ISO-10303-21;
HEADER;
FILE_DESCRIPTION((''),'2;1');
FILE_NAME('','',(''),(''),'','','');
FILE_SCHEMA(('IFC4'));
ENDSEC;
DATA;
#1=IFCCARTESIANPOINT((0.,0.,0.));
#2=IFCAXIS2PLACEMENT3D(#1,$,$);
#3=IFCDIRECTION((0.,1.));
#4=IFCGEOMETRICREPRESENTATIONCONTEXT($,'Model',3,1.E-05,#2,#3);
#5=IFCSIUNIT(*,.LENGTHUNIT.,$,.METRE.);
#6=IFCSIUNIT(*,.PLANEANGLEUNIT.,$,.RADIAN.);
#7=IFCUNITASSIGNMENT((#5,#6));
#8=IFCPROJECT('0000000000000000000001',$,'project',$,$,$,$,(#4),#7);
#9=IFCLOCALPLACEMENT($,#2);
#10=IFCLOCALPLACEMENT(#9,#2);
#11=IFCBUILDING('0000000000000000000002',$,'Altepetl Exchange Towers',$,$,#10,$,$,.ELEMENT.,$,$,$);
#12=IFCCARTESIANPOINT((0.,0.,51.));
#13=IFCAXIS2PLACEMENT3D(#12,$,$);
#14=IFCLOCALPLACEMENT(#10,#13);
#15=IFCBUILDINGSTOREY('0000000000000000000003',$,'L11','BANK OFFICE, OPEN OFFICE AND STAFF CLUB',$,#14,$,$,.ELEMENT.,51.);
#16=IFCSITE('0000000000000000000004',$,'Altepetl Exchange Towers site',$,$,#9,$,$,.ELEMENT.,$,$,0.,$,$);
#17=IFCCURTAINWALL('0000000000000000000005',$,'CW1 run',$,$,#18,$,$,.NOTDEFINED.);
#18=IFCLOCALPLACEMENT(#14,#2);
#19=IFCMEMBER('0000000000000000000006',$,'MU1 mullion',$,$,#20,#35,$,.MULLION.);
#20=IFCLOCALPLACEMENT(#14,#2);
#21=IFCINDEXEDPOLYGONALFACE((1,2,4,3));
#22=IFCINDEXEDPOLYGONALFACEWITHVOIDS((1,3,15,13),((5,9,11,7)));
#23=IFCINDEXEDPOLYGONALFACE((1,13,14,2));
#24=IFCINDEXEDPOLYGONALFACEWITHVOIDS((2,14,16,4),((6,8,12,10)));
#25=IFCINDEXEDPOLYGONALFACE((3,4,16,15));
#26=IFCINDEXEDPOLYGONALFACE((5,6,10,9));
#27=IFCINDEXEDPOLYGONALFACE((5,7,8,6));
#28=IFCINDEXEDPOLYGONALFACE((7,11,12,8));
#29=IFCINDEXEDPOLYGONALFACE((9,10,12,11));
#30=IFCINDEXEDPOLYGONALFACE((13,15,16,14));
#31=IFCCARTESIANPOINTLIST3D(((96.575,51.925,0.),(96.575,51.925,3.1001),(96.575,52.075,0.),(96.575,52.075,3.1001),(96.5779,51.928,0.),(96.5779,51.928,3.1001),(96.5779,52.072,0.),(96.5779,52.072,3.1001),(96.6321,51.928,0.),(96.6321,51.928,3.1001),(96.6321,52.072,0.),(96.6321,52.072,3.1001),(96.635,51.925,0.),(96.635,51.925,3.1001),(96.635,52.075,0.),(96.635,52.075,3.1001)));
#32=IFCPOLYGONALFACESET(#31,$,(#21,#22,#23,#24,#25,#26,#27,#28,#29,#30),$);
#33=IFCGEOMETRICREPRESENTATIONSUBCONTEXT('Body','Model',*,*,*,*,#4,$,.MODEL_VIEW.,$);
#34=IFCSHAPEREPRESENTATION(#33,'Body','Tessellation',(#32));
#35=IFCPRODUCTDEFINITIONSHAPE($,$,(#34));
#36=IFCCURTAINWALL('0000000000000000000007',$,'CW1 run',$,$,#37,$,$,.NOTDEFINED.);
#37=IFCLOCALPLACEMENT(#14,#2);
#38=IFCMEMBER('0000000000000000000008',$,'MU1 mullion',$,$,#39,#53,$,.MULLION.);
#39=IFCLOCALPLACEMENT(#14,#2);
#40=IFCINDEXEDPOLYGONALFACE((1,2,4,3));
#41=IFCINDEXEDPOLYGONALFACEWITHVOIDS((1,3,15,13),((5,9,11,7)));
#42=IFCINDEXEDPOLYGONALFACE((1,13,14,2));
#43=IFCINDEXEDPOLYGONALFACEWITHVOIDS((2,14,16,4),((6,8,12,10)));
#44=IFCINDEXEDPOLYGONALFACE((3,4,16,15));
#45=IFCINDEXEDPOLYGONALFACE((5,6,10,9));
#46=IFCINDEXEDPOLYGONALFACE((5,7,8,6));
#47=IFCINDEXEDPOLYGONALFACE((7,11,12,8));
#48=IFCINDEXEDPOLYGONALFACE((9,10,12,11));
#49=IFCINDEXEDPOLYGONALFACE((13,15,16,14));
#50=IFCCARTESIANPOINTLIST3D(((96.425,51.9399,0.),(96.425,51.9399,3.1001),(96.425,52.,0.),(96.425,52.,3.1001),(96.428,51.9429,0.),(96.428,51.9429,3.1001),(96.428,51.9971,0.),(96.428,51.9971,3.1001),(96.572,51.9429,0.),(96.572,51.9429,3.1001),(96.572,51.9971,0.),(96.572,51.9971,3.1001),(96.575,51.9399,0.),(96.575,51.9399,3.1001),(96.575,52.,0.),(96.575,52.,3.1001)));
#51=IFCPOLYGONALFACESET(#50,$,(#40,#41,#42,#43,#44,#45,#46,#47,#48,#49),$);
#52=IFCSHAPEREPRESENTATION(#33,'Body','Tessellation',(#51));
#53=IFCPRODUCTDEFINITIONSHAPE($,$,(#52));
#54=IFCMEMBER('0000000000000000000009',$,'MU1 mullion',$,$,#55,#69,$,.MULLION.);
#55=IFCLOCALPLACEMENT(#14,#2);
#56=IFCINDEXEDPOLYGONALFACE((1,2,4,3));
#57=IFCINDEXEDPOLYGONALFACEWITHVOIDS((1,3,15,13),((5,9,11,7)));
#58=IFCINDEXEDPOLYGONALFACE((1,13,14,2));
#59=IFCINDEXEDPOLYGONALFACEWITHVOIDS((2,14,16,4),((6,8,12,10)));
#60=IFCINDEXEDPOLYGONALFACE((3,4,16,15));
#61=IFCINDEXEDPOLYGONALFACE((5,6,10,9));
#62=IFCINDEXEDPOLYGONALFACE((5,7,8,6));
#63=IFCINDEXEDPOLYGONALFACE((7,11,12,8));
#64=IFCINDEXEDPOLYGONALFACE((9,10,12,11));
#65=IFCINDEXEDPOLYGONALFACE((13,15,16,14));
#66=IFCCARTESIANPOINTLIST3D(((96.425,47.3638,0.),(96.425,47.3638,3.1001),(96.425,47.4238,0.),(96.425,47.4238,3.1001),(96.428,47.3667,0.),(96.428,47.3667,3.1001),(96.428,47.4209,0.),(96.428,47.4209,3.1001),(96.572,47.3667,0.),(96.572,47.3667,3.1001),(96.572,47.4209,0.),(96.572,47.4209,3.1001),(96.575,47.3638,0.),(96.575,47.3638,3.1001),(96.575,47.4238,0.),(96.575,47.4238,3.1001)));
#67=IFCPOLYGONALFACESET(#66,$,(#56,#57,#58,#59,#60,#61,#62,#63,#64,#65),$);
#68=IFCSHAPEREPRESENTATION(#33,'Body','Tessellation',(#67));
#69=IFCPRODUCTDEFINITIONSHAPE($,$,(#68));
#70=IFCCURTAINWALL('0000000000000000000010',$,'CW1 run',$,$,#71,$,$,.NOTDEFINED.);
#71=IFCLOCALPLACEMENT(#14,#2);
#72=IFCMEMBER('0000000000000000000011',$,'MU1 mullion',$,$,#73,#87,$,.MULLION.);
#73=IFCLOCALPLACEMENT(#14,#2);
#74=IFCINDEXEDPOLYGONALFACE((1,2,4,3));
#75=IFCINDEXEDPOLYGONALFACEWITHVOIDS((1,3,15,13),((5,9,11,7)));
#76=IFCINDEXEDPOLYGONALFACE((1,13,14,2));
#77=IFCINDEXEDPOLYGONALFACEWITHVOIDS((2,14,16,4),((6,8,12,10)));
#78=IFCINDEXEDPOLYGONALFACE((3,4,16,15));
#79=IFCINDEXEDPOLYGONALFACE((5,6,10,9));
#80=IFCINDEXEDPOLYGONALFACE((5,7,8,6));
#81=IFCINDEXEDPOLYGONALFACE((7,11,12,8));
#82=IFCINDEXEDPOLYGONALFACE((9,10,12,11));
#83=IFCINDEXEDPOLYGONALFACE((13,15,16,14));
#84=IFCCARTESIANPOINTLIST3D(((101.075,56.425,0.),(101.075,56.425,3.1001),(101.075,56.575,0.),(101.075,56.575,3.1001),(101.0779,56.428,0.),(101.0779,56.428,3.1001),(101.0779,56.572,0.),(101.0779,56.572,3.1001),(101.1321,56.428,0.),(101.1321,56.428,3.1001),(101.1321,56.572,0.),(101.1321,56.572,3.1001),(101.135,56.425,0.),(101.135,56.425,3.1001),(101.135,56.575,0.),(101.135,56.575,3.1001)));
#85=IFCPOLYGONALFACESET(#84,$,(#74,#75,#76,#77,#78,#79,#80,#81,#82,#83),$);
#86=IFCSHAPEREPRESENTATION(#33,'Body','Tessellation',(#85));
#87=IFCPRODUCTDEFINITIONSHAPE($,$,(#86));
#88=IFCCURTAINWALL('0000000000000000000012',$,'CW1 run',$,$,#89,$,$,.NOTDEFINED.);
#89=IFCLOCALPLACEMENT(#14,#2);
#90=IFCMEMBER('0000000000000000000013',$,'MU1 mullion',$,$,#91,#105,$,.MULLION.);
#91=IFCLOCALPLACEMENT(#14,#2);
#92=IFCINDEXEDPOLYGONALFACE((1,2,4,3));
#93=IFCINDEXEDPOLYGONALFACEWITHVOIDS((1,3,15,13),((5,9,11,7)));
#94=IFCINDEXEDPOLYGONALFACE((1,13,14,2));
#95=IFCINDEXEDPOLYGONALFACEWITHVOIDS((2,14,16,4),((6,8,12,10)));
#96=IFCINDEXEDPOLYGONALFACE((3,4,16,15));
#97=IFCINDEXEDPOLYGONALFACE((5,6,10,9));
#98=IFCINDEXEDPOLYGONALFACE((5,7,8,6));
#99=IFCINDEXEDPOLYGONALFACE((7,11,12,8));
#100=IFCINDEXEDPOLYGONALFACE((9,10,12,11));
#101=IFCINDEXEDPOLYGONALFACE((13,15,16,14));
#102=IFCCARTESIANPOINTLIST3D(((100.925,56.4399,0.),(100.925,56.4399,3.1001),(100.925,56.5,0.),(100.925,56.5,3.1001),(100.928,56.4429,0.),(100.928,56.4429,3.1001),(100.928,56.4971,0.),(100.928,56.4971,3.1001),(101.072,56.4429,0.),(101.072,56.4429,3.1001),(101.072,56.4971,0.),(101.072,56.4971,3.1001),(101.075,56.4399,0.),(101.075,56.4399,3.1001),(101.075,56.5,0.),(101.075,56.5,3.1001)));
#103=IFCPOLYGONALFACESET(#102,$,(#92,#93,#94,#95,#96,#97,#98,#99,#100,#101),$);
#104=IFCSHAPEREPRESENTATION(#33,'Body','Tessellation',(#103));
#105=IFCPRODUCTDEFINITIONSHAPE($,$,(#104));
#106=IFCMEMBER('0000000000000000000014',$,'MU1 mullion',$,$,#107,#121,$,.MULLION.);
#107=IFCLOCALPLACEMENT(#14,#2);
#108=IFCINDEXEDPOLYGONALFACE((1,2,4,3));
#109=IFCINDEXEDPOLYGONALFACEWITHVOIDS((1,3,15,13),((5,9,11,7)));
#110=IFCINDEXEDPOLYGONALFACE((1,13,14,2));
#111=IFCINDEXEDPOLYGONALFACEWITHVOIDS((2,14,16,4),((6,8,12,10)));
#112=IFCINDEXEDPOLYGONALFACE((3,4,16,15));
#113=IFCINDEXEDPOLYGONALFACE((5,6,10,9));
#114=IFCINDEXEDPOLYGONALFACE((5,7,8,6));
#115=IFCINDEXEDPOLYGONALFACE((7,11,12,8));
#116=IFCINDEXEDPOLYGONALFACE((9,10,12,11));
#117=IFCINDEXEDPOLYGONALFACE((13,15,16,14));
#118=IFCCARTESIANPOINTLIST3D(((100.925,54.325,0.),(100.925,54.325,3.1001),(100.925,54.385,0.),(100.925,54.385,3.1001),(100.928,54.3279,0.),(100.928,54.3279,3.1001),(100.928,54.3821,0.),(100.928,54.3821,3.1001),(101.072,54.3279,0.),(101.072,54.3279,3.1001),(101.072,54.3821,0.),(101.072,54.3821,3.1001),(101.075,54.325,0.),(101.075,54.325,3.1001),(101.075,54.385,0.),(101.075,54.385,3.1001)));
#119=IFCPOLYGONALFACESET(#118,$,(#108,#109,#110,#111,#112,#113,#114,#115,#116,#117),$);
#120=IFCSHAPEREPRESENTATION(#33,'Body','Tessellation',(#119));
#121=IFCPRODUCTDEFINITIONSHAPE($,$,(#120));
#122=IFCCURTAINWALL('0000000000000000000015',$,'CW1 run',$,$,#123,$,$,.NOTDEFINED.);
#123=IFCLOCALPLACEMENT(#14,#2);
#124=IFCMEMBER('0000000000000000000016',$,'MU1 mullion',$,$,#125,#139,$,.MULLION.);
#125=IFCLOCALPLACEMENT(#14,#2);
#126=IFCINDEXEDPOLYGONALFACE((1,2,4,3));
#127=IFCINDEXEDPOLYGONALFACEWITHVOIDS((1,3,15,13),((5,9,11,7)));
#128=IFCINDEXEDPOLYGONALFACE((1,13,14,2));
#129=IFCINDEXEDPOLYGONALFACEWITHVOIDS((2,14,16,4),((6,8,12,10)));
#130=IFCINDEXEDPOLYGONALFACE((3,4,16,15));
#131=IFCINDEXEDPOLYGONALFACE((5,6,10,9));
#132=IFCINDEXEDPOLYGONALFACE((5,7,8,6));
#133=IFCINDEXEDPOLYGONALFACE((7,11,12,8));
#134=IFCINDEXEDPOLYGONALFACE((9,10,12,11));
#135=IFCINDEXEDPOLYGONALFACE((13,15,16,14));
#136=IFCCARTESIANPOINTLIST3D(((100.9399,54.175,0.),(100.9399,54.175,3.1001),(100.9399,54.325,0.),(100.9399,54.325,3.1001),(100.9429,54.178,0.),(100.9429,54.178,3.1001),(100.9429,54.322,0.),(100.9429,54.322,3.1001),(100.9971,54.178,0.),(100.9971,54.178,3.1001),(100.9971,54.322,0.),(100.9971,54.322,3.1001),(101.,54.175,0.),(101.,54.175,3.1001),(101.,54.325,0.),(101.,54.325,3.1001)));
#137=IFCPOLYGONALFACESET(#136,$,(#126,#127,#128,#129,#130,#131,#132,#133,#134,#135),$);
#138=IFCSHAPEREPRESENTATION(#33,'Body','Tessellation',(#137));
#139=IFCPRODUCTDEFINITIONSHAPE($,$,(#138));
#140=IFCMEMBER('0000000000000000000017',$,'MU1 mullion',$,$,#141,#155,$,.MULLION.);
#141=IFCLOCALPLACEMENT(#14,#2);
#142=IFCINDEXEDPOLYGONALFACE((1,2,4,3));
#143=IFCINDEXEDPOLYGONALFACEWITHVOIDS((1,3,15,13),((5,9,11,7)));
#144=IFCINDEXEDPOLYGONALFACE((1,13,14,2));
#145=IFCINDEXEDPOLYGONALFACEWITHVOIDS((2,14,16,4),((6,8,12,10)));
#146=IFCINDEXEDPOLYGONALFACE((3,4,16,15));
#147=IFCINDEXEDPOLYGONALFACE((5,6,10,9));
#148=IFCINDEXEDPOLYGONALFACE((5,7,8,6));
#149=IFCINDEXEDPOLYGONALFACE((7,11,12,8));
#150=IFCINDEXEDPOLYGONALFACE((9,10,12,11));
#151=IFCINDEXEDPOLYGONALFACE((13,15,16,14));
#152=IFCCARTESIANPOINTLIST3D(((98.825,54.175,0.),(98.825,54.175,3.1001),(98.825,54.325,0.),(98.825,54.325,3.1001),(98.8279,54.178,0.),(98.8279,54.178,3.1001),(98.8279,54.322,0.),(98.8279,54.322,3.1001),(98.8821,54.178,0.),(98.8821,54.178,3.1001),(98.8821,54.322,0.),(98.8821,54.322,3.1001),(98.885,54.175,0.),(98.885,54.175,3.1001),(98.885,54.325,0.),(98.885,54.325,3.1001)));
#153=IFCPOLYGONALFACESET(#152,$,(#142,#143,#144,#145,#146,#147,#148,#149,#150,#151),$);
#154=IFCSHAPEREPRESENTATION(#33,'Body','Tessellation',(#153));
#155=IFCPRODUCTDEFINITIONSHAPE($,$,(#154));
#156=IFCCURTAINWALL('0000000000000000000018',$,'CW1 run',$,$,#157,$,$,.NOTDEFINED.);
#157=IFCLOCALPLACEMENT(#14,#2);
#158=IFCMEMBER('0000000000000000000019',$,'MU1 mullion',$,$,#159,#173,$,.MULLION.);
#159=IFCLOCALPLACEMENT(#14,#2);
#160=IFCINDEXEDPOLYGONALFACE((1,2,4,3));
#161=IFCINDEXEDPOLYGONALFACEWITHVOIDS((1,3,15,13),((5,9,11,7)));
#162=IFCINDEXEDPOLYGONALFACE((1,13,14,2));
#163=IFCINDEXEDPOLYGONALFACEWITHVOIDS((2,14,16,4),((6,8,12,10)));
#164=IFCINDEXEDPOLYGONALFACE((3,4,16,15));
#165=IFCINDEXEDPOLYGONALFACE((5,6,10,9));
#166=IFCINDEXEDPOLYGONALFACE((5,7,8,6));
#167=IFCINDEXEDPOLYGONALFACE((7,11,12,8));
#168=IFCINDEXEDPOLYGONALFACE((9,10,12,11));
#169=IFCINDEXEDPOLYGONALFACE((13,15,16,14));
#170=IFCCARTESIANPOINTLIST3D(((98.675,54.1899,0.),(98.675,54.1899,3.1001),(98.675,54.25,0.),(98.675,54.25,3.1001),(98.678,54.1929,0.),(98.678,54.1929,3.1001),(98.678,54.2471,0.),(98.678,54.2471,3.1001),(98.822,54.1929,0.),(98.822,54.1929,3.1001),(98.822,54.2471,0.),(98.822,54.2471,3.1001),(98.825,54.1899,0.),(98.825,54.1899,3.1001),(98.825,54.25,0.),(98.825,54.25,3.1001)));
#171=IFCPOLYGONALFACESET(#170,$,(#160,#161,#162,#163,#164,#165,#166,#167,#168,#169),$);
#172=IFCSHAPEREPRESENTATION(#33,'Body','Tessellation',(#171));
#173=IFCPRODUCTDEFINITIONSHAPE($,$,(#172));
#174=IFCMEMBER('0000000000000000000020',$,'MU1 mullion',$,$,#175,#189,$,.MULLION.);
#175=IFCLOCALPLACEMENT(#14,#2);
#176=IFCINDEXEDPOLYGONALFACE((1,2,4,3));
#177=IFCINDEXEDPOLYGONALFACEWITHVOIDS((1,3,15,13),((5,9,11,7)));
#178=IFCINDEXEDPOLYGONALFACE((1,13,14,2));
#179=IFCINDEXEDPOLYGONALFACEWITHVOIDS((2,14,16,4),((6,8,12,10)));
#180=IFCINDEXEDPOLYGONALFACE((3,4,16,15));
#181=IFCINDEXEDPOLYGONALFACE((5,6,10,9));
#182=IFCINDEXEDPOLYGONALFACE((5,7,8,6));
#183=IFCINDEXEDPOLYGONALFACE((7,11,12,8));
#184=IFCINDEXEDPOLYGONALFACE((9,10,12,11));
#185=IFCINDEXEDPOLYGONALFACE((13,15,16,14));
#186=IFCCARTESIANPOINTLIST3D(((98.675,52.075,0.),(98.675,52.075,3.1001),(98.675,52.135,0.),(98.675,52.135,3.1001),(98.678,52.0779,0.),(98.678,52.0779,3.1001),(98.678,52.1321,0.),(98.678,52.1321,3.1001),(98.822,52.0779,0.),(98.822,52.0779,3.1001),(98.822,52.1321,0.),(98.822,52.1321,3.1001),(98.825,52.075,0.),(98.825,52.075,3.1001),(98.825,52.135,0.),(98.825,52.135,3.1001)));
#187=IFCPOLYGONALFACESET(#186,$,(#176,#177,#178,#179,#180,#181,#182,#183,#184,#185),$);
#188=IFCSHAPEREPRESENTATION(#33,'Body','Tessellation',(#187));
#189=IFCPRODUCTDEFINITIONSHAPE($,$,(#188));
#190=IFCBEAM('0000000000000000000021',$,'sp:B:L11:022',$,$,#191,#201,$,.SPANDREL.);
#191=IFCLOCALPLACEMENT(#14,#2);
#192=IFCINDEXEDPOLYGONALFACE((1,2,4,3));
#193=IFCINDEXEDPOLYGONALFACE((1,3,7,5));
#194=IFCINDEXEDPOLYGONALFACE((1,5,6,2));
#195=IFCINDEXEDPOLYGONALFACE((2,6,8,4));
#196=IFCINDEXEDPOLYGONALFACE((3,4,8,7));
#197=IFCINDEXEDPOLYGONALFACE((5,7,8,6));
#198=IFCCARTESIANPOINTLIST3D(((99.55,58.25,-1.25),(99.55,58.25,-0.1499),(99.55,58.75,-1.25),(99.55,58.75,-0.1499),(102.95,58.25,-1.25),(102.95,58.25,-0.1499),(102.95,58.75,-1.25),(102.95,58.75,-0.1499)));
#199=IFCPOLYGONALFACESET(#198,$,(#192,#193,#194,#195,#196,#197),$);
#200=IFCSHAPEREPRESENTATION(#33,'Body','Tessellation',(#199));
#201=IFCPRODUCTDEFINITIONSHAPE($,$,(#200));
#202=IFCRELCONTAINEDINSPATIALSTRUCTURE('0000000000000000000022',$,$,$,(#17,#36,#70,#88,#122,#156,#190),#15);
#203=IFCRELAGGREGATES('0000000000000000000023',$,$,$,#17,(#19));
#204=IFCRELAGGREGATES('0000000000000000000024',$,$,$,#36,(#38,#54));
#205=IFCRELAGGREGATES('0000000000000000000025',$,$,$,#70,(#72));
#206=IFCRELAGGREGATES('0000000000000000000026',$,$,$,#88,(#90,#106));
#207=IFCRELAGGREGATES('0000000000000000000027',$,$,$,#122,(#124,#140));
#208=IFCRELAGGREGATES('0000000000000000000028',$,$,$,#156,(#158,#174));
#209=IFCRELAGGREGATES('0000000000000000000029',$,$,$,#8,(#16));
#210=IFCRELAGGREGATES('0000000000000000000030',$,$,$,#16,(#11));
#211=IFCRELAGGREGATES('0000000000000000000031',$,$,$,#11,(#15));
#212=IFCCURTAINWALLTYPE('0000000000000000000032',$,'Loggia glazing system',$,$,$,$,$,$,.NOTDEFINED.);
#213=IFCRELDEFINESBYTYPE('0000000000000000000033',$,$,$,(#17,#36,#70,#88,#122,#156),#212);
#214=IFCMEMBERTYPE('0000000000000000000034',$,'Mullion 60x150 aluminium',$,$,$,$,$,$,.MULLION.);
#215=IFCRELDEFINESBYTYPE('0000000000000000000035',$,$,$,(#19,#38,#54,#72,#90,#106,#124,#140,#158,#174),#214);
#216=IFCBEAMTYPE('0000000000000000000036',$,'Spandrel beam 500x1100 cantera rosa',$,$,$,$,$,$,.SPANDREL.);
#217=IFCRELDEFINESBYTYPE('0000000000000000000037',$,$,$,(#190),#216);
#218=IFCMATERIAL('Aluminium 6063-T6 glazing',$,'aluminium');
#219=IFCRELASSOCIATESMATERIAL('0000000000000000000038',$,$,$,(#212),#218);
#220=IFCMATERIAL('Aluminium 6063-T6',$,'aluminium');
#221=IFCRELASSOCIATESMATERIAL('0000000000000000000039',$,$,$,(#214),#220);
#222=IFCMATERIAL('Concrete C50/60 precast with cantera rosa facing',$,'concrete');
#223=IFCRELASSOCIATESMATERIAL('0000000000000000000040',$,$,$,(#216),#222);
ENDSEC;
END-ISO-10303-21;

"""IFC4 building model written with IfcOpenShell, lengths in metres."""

from ifc_helpers import new_model, si_unit, direction, frame, origin, origin_2d, place, context, subcontext, project, spatial, rectangle, hollow_rectangle, extrude, material, material_profile, profile_set, type_object, element, aggregate, save


model = new_model("IFC4")

# Units and contexts
model_context = context("Model", 3, precision=1e-05, world=origin(), true_north=direction((0.0, 1.0)))
body_context = subcontext(model_context, "Body", "Model", "MODEL_VIEW")
ifc_project = project(units=[si_unit("LENGTHUNIT", "METRE"), si_unit("PLANEANGLEUNIT", "RADIAN")], contexts=[model_context])

# Site, building, storey
site_placement = place(None, origin())
site = spatial("IfcSite", under=ifc_project, at=site_placement, Name="Altepetl Exchange Towers site", CompositionType="ELEMENT", RefElevation=0.0)
building_placement = place(site_placement, origin())
building = spatial("IfcBuilding", under=site, at=building_placement, Name="Altepetl Exchange Towers", CompositionType="ELEMENT")
storey_placement = place(building_placement, frame((0.0, 0.0, 51.0)))
storey = spatial("IfcBuildingStorey", under=building, at=storey_placement, Name="L11", Description="BANK OFFICE, OPEN OFFICE AND STAFF CLUB", CompositionType="ELEMENT", Elevation=51.0)

# Curtain walls, members
ifc_material_1 = material(Name="Aluminium 6063-T6 glazing", Category="aluminium")
curtain_wall_type = type_object("IfcCurtainWallType", Name="Loggia glazing system", PredefinedType="NOTDEFINED", material=ifc_material_1)
curtain_wall_1_placement = place(storey_placement, origin())
curtain_wall_1 = element("IfcCurtainWall", 1, at=curtain_wall_1_placement, inside=storey, type_object=curtain_wall_type, Name="CW1 run", PredefinedType="NOTDEFINED")
ifc_material_2 = material(Name="Aluminium 6063-T6", Category="aluminium")
ifc_material_profile_1 = material_profile(ifc_material_2, hollow_rectangle(XDim=0.0601, YDim=0.1499, WallThickness=0.0029, at=origin_2d()), Name="Mullion 60x150 aluminium")
ifc_profile_set_1 = profile_set([ifc_material_profile_1], Name="Aluminium 6063-T6")
member_type = type_object("IfcMemberType", Name="Mullion 60x150 aluminium", PredefinedType="MULLION", material=ifc_profile_set_1)
member_1_placement = place(storey_placement, frame((96.605, 52.0, 0.0), z_axis=(0.0, 0.0, 1.0), x_axis=(-1.0, 0.0, 0.0)))
member_1 = element("IfcMember", 2, at=member_1_placement, type_object=member_type, Name="MU1 mullion", PredefinedType="MULLION", context=body_context, shape_type="SweptSolid", body=[
    extrude(hollow_rectangle(XDim=0.0601, YDim=0.1499, WallThickness=0.0029, at=origin_2d()), origin(), (0.0, 0.0, 1.0), 3.1001),
])
curtain_wall_2_placement = place(storey_placement, origin())
curtain_wall_2 = element("IfcCurtainWall", 3, at=curtain_wall_2_placement, inside=storey, type_object=curtain_wall_type, Name="CW1 run", PredefinedType="NOTDEFINED")
member_2_placement = place(storey_placement, frame((96.5, 51.97, 0.0), z_axis=(0.0, 0.0, 1.0), x_axis=(0.0, -1.0, 0.0)))
member_2 = element("IfcMember", 4, at=member_2_placement, type_object=member_type, Name="MU1 mullion", PredefinedType="MULLION", context=body_context, shape_type="SweptSolid", body=[
    extrude(hollow_rectangle(XDim=0.0601, YDim=0.1499, WallThickness=0.0029, at=origin_2d()), origin(), (0.0, 0.0, 1.0), 3.1001),
])
member_3_placement = place(storey_placement, frame((96.5, 47.3938, 0.0), z_axis=(0.0, 0.0, 1.0), x_axis=(0.0, -1.0, 0.0)))
member_3 = element("IfcMember", 5, at=member_3_placement, type_object=member_type, Name="MU1 mullion", PredefinedType="MULLION", context=body_context, shape_type="SweptSolid", body=[
    extrude(hollow_rectangle(XDim=0.0601, YDim=0.1499, WallThickness=0.0029, at=origin_2d()), origin(), (0.0, 0.0, 1.0), 3.1001),
])

# Curtain wall, member
curtain_wall_3_placement = place(storey_placement, origin())
curtain_wall_3 = element("IfcCurtainWall", 6, at=curtain_wall_3_placement, inside=storey, type_object=curtain_wall_type, Name="CW1 run", PredefinedType="NOTDEFINED")
member_4_placement = place(storey_placement, frame((101.105, 56.5, 0.0), z_axis=(0.0, 0.0, 1.0), x_axis=(-1.0, 0.0, 0.0)))
member_4 = element("IfcMember", 7, at=member_4_placement, type_object=member_type, Name="MU1 mullion", PredefinedType="MULLION", context=body_context, shape_type="SweptSolid", body=[
    extrude(hollow_rectangle(XDim=0.0601, YDim=0.1499, WallThickness=0.0029, at=origin_2d()), origin(), (0.0, 0.0, 1.0), 3.1001),
])

# Curtain walls, members
curtain_wall_4_placement = place(storey_placement, origin())
curtain_wall_4 = element("IfcCurtainWall", 8, at=curtain_wall_4_placement, inside=storey, type_object=curtain_wall_type, Name="CW1 run", PredefinedType="NOTDEFINED")
member_5_placement = place(storey_placement, frame((101.0, 56.47, 0.0), z_axis=(0.0, 0.0, 1.0), x_axis=(0.0, -1.0, 0.0)))
member_5 = element("IfcMember", 9, at=member_5_placement, type_object=member_type, Name="MU1 mullion", PredefinedType="MULLION", context=body_context, shape_type="SweptSolid", body=[
    extrude(hollow_rectangle(XDim=0.0601, YDim=0.1499, WallThickness=0.0029, at=origin_2d()), origin(), (0.0, 0.0, 1.0), 3.1001),
])
member_6_placement = place(storey_placement, frame((101.0, 54.355, 0.0), z_axis=(0.0, 0.0, 1.0), x_axis=(0.0, -1.0, 0.0)))
member_6 = element("IfcMember", 10, at=member_6_placement, type_object=member_type, Name="MU1 mullion", PredefinedType="MULLION", context=body_context, shape_type="SweptSolid", body=[
    extrude(hollow_rectangle(XDim=0.0601, YDim=0.1499, WallThickness=0.0029, at=origin_2d()), origin(), (0.0, 0.0, 1.0), 3.1001),
])
curtain_wall_5_placement = place(storey_placement, origin())
curtain_wall_5 = element("IfcCurtainWall", 11, at=curtain_wall_5_placement, inside=storey, type_object=curtain_wall_type, Name="CW1 run", PredefinedType="NOTDEFINED")
member_7_placement = place(storey_placement, frame((100.97, 54.25, 0.0), z_axis=(0.0, 0.0, 1.0), x_axis=(-1.0, 0.0, 0.0)))
member_7 = element("IfcMember", 12, at=member_7_placement, type_object=member_type, Name="MU1 mullion", PredefinedType="MULLION", context=body_context, shape_type="SweptSolid", body=[
    extrude(hollow_rectangle(XDim=0.0601, YDim=0.1499, WallThickness=0.0029, at=origin_2d()), origin(), (0.0, 0.0, 1.0), 3.1001),
])
member_8_placement = place(storey_placement, frame((98.855, 54.25, 0.0), z_axis=(0.0, 0.0, 1.0), x_axis=(-1.0, 0.0, 0.0)))
member_8 = element("IfcMember", 13, at=member_8_placement, type_object=member_type, Name="MU1 mullion", PredefinedType="MULLION", context=body_context, shape_type="SweptSolid", body=[
    extrude(hollow_rectangle(XDim=0.0601, YDim=0.1499, WallThickness=0.0029, at=origin_2d()), origin(), (0.0, 0.0, 1.0), 3.1001),
])
curtain_wall_6_placement = place(storey_placement, origin())
curtain_wall_6 = element("IfcCurtainWall", 14, at=curtain_wall_6_placement, inside=storey, type_object=curtain_wall_type, Name="CW1 run", PredefinedType="NOTDEFINED")
member_9_placement = place(storey_placement, frame((98.75, 54.22, 0.0), z_axis=(0.0, 0.0, 1.0), x_axis=(0.0, -1.0, 0.0)))
member_9 = element("IfcMember", 15, at=member_9_placement, type_object=member_type, Name="MU1 mullion", PredefinedType="MULLION", context=body_context, shape_type="SweptSolid", body=[
    extrude(hollow_rectangle(XDim=0.0601, YDim=0.1499, WallThickness=0.0029, at=origin_2d()), origin(), (0.0, 0.0, 1.0), 3.1001),
])
member_10_placement = place(storey_placement, frame((98.75, 52.105, 0.0), z_axis=(0.0, 0.0, 1.0), x_axis=(0.0, -1.0, 0.0)))
member_10 = element("IfcMember", 16, at=member_10_placement, type_object=member_type, Name="MU1 mullion", PredefinedType="MULLION", context=body_context, shape_type="SweptSolid", body=[
    extrude(hollow_rectangle(XDim=0.0601, YDim=0.1499, WallThickness=0.0029, at=origin_2d()), origin(), (0.0, 0.0, 1.0), 3.1001),
])

# Beam
ifc_material_3 = material(Name="Concrete C50/60 precast with cantera rosa facing", Category="concrete")
ifc_material_profile_2 = material_profile(ifc_material_3, rectangle(XDim=0.5, YDim=1.1001, at=origin_2d()), Name="500 x 1100")
ifc_profile_set_2 = profile_set([ifc_material_profile_2], Name="Concrete C50/60 precast with cantera rosa facing")
beam_type_1 = type_object("IfcBeamType", Name="Spandrel beam 500x1100 cantera rosa", PredefinedType="SPANDREL", material=ifc_profile_set_2)
beam_1_placement = place(storey_placement, frame((102.95, 58.5, -0.7), z_axis=(-1.0, 0.0, 0.0), x_axis=(0.0, -1.0, 0.0)))
element("IfcBeam", 17, at=beam_1_placement, inside=storey, type_object=beam_type_1, Name="sp:B:L11:022", PredefinedType="SPANDREL", context=body_context, shape_type="SweptSolid", body=[
    extrude(rectangle(XDim=0.5, YDim=1.1001, at=origin_2d()), origin(), (0.0, 0.0, 1.0), 3.3999),
])

aggregate(curtain_wall_1, [member_1])
aggregate(curtain_wall_2, [member_2, member_3])
aggregate(curtain_wall_3, [member_4])
aggregate(curtain_wall_4, [member_5, member_6])
aggregate(curtain_wall_5, [member_7, member_8])
aggregate(curtain_wall_6, [member_9, member_10])

save(model, "model.ifc")
